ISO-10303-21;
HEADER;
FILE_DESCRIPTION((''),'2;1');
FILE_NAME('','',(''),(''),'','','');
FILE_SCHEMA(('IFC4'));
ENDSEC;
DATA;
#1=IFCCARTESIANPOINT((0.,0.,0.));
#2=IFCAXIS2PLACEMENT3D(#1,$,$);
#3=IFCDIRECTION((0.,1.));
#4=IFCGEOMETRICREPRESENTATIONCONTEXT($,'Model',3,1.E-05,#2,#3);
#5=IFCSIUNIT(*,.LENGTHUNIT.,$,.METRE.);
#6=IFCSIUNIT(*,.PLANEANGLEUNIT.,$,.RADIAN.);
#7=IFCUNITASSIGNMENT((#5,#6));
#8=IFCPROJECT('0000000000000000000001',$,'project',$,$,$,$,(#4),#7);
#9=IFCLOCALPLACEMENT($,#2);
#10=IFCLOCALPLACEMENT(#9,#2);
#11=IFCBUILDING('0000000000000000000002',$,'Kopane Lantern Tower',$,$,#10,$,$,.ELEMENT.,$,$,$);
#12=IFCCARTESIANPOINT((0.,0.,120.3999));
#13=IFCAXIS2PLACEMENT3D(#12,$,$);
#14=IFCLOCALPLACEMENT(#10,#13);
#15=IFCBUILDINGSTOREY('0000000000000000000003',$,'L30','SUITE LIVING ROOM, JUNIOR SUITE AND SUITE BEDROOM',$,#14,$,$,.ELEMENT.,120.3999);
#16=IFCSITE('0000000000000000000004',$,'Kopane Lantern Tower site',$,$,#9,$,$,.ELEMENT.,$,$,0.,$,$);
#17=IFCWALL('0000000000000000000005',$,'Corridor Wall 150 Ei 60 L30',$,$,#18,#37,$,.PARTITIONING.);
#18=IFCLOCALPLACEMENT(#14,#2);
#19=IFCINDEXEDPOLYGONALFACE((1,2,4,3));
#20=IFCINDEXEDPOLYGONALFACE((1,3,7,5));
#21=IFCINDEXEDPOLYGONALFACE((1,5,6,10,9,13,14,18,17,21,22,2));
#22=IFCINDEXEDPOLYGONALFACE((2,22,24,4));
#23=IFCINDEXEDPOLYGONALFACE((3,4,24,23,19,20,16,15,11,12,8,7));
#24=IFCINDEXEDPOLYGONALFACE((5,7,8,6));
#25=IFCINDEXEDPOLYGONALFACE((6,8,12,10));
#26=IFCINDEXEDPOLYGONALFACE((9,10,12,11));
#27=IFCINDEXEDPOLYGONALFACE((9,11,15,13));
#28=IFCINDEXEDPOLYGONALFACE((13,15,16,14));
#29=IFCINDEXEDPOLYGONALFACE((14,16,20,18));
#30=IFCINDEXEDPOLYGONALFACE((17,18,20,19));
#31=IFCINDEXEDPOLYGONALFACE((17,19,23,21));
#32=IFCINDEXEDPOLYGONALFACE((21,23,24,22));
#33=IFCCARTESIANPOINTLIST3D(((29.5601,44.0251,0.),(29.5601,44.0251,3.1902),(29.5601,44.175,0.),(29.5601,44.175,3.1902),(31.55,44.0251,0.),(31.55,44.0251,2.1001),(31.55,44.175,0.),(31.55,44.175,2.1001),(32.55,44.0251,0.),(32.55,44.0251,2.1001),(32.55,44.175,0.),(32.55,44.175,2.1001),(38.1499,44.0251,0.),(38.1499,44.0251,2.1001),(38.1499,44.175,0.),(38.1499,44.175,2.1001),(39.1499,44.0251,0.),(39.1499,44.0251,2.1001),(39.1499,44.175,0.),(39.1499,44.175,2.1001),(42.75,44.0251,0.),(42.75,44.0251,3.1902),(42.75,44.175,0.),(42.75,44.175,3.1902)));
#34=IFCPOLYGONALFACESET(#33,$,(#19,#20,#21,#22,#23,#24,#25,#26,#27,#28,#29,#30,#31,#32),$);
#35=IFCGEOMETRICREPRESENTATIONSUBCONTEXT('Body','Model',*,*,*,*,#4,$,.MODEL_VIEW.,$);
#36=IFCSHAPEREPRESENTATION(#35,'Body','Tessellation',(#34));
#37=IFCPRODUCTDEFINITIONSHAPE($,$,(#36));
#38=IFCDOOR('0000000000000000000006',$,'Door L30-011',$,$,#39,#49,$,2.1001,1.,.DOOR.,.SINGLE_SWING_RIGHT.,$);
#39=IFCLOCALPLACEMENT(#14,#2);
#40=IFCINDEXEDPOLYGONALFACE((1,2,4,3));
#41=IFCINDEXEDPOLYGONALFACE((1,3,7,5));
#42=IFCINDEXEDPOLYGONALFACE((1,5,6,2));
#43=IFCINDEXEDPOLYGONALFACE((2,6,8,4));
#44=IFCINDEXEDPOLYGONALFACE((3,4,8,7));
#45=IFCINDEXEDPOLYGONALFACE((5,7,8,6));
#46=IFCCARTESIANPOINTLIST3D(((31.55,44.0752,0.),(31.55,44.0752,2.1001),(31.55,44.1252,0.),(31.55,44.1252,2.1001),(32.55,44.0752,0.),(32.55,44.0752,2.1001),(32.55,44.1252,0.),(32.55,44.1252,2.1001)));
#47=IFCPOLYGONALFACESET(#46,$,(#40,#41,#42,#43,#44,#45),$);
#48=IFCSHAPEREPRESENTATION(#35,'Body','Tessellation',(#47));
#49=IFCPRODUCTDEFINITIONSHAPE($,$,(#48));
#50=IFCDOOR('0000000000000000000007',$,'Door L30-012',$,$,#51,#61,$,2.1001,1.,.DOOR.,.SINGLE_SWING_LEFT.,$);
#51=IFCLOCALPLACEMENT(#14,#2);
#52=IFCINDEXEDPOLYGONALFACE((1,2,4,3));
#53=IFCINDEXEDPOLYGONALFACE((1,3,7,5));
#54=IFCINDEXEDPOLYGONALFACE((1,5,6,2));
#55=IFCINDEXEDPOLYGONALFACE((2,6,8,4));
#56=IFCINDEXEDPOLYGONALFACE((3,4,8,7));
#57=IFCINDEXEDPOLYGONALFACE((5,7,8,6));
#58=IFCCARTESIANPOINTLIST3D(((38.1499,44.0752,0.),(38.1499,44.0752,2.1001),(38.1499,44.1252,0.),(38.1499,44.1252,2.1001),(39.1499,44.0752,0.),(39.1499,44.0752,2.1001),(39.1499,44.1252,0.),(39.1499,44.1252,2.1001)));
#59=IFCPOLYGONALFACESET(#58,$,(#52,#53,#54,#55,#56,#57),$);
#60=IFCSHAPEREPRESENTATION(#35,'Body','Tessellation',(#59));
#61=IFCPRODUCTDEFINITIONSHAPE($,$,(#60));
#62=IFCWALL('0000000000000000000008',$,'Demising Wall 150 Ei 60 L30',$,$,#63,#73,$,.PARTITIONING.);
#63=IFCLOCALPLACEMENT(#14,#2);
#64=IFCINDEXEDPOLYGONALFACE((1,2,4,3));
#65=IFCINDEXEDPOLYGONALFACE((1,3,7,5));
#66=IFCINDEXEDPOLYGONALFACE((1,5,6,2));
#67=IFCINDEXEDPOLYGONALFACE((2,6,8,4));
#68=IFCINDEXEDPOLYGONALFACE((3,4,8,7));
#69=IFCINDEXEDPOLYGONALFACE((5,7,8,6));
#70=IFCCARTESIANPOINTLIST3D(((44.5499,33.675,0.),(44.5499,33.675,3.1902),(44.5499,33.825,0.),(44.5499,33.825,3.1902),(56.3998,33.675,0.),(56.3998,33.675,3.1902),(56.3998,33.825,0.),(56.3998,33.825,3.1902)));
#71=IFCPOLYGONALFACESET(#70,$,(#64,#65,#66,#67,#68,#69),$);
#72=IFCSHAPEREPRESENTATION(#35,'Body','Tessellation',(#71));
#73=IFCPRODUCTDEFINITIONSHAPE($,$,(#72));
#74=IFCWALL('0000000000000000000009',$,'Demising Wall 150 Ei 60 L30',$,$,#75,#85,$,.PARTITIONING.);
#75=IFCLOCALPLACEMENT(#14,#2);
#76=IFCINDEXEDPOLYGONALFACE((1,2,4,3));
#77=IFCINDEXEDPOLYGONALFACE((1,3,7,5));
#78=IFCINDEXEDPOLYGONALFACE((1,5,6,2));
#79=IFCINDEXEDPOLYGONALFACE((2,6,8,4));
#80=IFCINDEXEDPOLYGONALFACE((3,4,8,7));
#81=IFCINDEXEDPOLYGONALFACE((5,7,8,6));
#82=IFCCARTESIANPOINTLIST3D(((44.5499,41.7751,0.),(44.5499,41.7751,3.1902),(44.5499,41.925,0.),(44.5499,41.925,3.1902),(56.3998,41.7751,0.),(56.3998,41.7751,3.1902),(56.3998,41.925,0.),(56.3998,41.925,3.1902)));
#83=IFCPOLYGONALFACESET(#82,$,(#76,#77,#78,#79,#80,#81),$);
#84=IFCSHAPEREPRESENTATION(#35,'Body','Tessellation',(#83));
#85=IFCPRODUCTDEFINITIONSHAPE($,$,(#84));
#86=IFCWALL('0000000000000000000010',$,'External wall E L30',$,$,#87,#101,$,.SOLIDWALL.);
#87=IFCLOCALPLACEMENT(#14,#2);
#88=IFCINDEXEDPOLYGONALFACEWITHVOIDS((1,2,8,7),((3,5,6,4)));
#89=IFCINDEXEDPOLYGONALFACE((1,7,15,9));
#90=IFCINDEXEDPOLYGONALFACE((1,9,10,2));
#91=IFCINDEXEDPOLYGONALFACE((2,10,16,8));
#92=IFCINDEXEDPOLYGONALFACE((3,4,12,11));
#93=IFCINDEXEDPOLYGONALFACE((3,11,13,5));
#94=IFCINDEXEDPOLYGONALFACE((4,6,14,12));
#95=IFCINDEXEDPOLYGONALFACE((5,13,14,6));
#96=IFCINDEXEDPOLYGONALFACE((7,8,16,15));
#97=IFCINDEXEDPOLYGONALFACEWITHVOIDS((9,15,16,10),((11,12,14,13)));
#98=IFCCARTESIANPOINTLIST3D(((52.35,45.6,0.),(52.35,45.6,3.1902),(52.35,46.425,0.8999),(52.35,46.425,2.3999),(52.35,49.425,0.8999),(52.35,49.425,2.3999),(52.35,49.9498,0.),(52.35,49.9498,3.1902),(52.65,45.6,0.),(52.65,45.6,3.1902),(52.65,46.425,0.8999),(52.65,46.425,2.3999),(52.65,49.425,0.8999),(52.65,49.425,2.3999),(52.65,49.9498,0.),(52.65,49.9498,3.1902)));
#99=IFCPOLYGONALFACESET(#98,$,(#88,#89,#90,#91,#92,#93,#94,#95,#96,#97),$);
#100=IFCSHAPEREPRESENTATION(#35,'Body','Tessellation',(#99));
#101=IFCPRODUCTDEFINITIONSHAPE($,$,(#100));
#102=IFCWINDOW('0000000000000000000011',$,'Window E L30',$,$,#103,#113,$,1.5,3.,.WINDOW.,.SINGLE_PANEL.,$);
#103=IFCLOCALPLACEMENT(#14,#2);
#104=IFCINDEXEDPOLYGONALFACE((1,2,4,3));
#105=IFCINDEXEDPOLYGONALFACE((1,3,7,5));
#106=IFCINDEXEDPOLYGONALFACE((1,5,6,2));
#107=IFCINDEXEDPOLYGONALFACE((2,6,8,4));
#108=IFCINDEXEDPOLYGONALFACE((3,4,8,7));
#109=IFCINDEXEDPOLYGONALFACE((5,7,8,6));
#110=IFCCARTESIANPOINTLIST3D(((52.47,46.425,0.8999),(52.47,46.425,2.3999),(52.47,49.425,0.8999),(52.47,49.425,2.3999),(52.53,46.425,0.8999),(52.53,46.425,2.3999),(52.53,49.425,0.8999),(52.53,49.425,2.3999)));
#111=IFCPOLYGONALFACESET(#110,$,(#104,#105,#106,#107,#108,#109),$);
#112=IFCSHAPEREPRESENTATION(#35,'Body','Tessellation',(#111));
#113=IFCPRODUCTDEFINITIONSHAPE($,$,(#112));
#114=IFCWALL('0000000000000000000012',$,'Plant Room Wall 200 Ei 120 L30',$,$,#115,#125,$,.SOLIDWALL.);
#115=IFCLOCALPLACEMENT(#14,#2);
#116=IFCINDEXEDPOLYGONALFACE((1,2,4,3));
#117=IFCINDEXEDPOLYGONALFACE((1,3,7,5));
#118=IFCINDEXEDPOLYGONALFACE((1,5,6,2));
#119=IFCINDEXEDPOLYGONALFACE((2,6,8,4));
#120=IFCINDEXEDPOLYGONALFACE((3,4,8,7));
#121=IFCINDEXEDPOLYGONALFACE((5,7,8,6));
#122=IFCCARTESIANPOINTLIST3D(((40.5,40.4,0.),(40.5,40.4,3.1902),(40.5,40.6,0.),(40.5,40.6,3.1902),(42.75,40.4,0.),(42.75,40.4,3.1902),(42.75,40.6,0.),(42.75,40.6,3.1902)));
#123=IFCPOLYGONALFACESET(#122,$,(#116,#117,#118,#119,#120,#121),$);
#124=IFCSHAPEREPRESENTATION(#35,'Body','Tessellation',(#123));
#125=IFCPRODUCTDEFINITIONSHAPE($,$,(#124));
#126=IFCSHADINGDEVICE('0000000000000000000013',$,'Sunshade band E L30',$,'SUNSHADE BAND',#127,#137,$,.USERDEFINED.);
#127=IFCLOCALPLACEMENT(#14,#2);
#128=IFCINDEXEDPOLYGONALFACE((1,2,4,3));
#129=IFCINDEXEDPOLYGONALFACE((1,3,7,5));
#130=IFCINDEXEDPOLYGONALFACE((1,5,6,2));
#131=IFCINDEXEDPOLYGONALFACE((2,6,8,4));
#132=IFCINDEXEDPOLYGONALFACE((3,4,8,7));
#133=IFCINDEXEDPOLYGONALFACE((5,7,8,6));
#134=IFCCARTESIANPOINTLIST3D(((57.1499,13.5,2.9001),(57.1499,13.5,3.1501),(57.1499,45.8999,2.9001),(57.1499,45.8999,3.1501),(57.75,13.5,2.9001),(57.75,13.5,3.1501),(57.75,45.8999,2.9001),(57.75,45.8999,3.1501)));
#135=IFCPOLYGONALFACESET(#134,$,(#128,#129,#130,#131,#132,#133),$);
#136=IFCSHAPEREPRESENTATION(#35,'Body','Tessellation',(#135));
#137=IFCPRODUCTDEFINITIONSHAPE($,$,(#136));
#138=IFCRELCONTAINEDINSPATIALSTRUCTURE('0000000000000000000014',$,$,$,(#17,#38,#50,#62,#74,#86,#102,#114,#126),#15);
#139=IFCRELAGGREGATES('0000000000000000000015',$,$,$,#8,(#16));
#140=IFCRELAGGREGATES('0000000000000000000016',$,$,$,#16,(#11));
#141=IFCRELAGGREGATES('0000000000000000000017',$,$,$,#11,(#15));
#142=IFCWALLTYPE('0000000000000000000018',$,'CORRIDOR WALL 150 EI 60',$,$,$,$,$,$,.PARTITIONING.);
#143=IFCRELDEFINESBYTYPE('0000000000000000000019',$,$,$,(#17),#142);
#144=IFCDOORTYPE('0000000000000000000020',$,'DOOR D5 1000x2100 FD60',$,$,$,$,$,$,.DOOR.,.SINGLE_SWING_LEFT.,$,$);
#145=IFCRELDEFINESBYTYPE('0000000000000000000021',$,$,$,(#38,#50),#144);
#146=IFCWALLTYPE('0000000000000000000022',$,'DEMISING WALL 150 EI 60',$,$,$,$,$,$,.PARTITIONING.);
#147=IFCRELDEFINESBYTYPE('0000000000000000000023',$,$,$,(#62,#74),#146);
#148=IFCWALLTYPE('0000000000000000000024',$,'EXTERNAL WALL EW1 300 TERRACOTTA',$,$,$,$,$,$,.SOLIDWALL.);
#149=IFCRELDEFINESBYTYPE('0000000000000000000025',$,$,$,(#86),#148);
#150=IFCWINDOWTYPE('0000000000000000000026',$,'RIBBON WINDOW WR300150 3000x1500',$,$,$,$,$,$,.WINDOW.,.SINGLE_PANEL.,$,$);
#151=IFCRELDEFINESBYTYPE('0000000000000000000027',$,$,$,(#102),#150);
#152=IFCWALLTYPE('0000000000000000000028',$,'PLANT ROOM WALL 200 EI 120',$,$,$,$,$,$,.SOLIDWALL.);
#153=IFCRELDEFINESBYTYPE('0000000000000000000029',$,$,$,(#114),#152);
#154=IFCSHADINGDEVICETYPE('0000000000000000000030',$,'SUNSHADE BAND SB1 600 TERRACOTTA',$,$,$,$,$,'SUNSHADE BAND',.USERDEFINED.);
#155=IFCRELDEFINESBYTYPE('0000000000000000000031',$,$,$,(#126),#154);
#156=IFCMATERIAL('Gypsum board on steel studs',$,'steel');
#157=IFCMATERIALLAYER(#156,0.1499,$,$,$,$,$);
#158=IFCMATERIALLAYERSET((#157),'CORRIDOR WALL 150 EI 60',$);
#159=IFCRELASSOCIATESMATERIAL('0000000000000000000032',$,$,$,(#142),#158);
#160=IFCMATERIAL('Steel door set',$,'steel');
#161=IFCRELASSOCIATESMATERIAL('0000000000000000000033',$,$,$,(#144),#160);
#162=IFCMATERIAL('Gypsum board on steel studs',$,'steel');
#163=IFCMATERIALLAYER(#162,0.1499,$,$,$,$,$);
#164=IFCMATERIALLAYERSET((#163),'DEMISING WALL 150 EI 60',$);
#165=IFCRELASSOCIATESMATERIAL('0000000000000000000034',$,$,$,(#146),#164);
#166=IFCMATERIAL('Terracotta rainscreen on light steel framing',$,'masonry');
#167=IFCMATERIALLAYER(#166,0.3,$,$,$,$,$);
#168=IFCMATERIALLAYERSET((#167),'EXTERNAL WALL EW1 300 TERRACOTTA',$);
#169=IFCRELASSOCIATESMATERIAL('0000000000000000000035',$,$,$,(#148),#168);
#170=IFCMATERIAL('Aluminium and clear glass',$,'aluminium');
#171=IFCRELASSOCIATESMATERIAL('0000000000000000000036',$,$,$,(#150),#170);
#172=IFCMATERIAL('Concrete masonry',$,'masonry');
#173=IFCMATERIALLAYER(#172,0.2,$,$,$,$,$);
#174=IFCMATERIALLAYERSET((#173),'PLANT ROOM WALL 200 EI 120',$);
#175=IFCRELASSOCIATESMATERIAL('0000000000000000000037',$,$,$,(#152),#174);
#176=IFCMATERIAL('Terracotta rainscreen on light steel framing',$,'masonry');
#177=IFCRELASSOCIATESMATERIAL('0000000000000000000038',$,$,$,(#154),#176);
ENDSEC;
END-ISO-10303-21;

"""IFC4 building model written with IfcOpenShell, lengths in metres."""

from ifc_helpers import new_model, si_unit, direction, frame, frame_2d, origin, origin_2d, place, context, subcontext, project, spatial, rectangle, extrude, material, layer, layer_set, type_object, element, fill, save


model = new_model("IFC4")

# Units and contexts
model_context = context("Model", 3, precision=1e-05, world=origin(), true_north=direction((0.0, 1.0)))
body_context = subcontext(model_context, "Body", "Model", "MODEL_VIEW")
ifc_project = project(units=[si_unit("LENGTHUNIT", "METRE"), si_unit("PLANEANGLEUNIT", "RADIAN")], contexts=[model_context])

# Site, building, storey
site_placement = place(None, origin())
site = spatial("IfcSite", under=ifc_project, at=site_placement, Name="Kopane Lantern Tower site", CompositionType="ELEMENT", RefElevation=0.0)
building_placement = place(site_placement, origin())
building = spatial("IfcBuilding", under=site, at=building_placement, Name="Kopane Lantern Tower", CompositionType="ELEMENT")
storey_placement = place(building_placement, frame((0.0, 0.0, 120.3999)))
storey = spatial("IfcBuildingStorey", under=building, at=storey_placement, Name="L30", Description="SUITE LIVING ROOM, JUNIOR SUITE AND SUITE BEDROOM", CompositionType="ELEMENT", Elevation=120.3999)

# Wall, openings, doors
ifc_material_1 = material(Name="Gypsum board on steel studs", Category="steel")
ifc_layer_1 = layer(ifc_material_1, 0.1499)
ifc_layer_set_1 = layer_set([ifc_layer_1], Name="CORRIDOR WALL 150 EI 60")
wall_type_1 = type_object("IfcWallType", Name="CORRIDOR WALL 150 EI 60", PredefinedType="PARTITIONING", material=ifc_layer_set_1)
wall_1_placement = place(storey_placement, frame((42.75, 44.1001, 0.0), z_axis=(0.0, 0.0, 1.0), x_axis=(-1.0, 0.0, 0.0)))
wall_1 = element("IfcWall", 1, at=wall_1_placement, inside=storey, type_object=wall_type_1, Name="Corridor Wall 150 Ei 60 L30", PredefinedType="PARTITIONING", context=body_context, shape_type="SweptSolid", body=[
    extrude(rectangle(XDim=13.1899, YDim=0.1499, at=frame_2d((6.595, 0.0))), origin(), (0.0, 0.0, 1.0), 3.1902),
])
opening_1_placement = place(wall_1_placement, frame((10.2, 0.0, 0.0)))
opening_1 = element("IfcOpeningElement", 2, at=opening_1_placement, cuts=wall_1, PredefinedType="OPENING", context=body_context, shape_type="SweptSolid", body=[
    extrude(rectangle(XDim=1.0, YDim=2.1001, at=frame_2d((0.5, 1.05))), frame((0.0, 0.085, 0.0), z_axis=(0.0, -1.0, 0.0), x_axis=(1.0, 0.0, 0.0)), (0.0, 0.0, 1.0), 0.1699),
])
opening_2_placement = place(wall_1_placement, frame((3.6001, 0.0, 0.0)))
opening_2 = element("IfcOpeningElement", 3, at=opening_2_placement, cuts=wall_1, PredefinedType="OPENING", context=body_context, shape_type="SweptSolid", body=[
    extrude(rectangle(XDim=1.0, YDim=2.1001, at=frame_2d((0.5, 1.05))), frame((0.0, 0.085, 0.0), z_axis=(0.0, -1.0, 0.0), x_axis=(1.0, 0.0, 0.0)), (0.0, 0.0, 1.0), 0.1699),
])
ifc_material_2 = material(Name="Steel door set", Category="steel")
door_type_1 = type_object("IfcDoorType", Name="DOOR D5 1000x2100 FD60", OperationType="SINGLE_SWING_LEFT", PredefinedType="DOOR", material=ifc_material_2)
door_1_placement = place(opening_1_placement, origin())
door_1 = element("IfcDoor", 4, at=door_1_placement, inside=storey, type_object=door_type_1, Name="Door L30-011", OperationType="SINGLE_SWING_RIGHT", OverallHeight=2.1001, OverallWidth=1.0, PredefinedType="DOOR", context=body_context, shape_type="SweptSolid", body=[
    extrude(rectangle(XDim=1.0, YDim=2.1001, at=frame_2d((0.5, 1.05))), frame((0.0, 0.0249, 0.0), z_axis=(0.0, -1.0, 0.0), x_axis=(1.0, 0.0, 0.0)), (0.0, 0.0, 1.0), 0.05),
])
fill(opening_1, door_1)
door_2_placement = place(opening_2_placement, origin())
door_2 = element("IfcDoor", 5, at=door_2_placement, inside=storey, type_object=door_type_1, Name="Door L30-012", OperationType="SINGLE_SWING_LEFT", OverallHeight=2.1001, OverallWidth=1.0, PredefinedType="DOOR", context=body_context, shape_type="SweptSolid", body=[
    extrude(rectangle(XDim=1.0, YDim=2.1001, at=frame_2d((0.5, 1.05))), frame((0.0, 0.0249, 0.0), z_axis=(0.0, -1.0, 0.0), x_axis=(1.0, 0.0, 0.0)), (0.0, 0.0, 1.0), 0.05),
])
fill(opening_2, door_2)

# Walls
ifc_material_3 = material(Name="Gypsum board on steel studs", Category="steel")
ifc_layer_2 = layer(ifc_material_3, 0.1499)
ifc_layer_set_2 = layer_set([ifc_layer_2], Name="DEMISING WALL 150 EI 60")
wall_type_2 = type_object("IfcWallType", Name="DEMISING WALL 150 EI 60", PredefinedType="PARTITIONING", material=ifc_layer_set_2)
for number, where, z_axis, x_axis, name in (
    (6, (44.55, 33.75, 0.0), (0.0, 0.0, 1.0), (1.0, 0.0, 0.0), "Demising Wall 150 Ei 60 L30"),
    (7, (44.55, 41.8501, 0.0), (0.0, 0.0, 1.0), (1.0, 0.0, 0.0), "Demising Wall 150 Ei 60 L30"),
):
    element("IfcWall", number, at=place(storey_placement, frame(where, z_axis=z_axis, x_axis=x_axis)), inside=storey, type_object=wall_type_2, Name=name, PredefinedType="PARTITIONING", context=body_context, shape_type="SweptSolid", body=[
        extrude(rectangle(XDim=11.8499, YDim=0.1499, at=frame_2d((5.9248, 0.0))), origin(), (0.0, 0.0, 1.0), 3.1902),
    ])

# Wall, opening, window
ifc_material_4 = material(Name="Terracotta rainscreen on light steel framing", Category="masonry")
ifc_layer_3 = layer(ifc_material_4, 0.3)
ifc_layer_set_3 = layer_set([ifc_layer_3], Name="EXTERNAL WALL EW1 300 TERRACOTTA")
wall_type_3 = type_object("IfcWallType", Name="EXTERNAL WALL EW1 300 TERRACOTTA", PredefinedType="SOLIDWALL", material=ifc_layer_set_3)
wall_2_placement = place(storey_placement, frame((52.5, 45.6001, 0.0), z_axis=(0.0, 0.0, 1.0), x_axis=(0.0, 1.0, 0.0)))
wall_2 = element("IfcWall", 8, at=wall_2_placement, inside=storey, type_object=wall_type_3, Name="External wall E L30", PredefinedType="SOLIDWALL", context=body_context, shape_type="SweptSolid", body=[
    extrude(rectangle(XDim=4.3499, YDim=0.3, at=frame_2d((2.1748, 0.0))), origin(), (0.0, 0.0, 1.0), 3.1902),
])
opening_3_placement = place(wall_2_placement, frame((0.825, 0.0, 0.8999)))
opening_3 = element("IfcOpeningElement", 9, at=opening_3_placement, cuts=wall_2, PredefinedType="OPENING", context=body_context, shape_type="SweptSolid", body=[
    extrude(rectangle(XDim=3.0, YDim=1.5, at=frame_2d((1.5, 0.75))), frame((0.0, 0.1599, 0.0), z_axis=(0.0, -1.0, 0.0), x_axis=(1.0, 0.0, 0.0)), (0.0, 0.0, 1.0), 0.3201),
])
ifc_material_5 = material(Name="Aluminium and clear glass", Category="aluminium")
window_type = type_object("IfcWindowType", Name="RIBBON WINDOW WR300150 3000x1500", PartitioningType="SINGLE_PANEL", PredefinedType="WINDOW", material=ifc_material_5)
window_placement = place(opening_3_placement, origin())
window = element("IfcWindow", 10, at=window_placement, inside=storey, type_object=window_type, Name="Window E L30", OverallHeight=1.5, OverallWidth=3.0, PartitioningType="SINGLE_PANEL", PredefinedType="WINDOW", context=body_context, shape_type="SweptSolid", body=[
    extrude(rectangle(XDim=3.0, YDim=1.5, at=frame_2d((1.5, 0.75))), frame((0.0, 0.03, 0.0), z_axis=(0.0, -1.0, 0.0), x_axis=(1.0, 0.0, 0.0)), (0.0, 0.0, 1.0), 0.0601),
])
fill(opening_3, window)

# Wall
ifc_material_6 = material(Name="Concrete masonry", Category="masonry")
ifc_layer_4 = layer(ifc_material_6, 0.2)
ifc_layer_set_4 = layer_set([ifc_layer_4], Name="PLANT ROOM WALL 200 EI 120")
wall_type_4 = type_object("IfcWallType", Name="PLANT ROOM WALL 200 EI 120", PredefinedType="SOLIDWALL", material=ifc_layer_set_4)
wall_3_placement = place(storey_placement, frame((40.5, 40.5, 0.0), z_axis=(0.0, 0.0, 1.0), x_axis=(1.0, 0.0, 0.0)))
element("IfcWall", 11, at=wall_3_placement, inside=storey, type_object=wall_type_4, Name="Plant Room Wall 200 Ei 120 L30", PredefinedType="SOLIDWALL", context=body_context, shape_type="SweptSolid", body=[
    extrude(rectangle(XDim=2.25, YDim=0.2, at=frame_2d((1.125, 0.0))), origin(), (0.0, 0.0, 1.0), 3.1902),
])

# Shading device
ifc_material_7 = material(Name="Terracotta rainscreen on light steel framing", Category="masonry")
shading_device_type = type_object("IfcShadingDeviceType", Name="SUNSHADE BAND SB1 600 TERRACOTTA", ElementType="SUNSHADE BAND", PredefinedType="USERDEFINED", material=ifc_material_7)
shading_device_placement = place(storey_placement, frame((57.45, 29.7, 2.9001), z_axis=(0.0, 0.0, 1.0), x_axis=(0.0, 1.0, 0.0)))
element("IfcShadingDevice", 12, at=shading_device_placement, inside=storey, type_object=shading_device_type, Name="Sunshade band E L30", ObjectType="SUNSHADE BAND", PredefinedType="USERDEFINED", context=body_context, shape_type="SweptSolid", body=[
    extrude(rectangle(XDim=32.3999, YDim=0.6001, at=origin_2d()), origin(), (0.0, 0.0, 1.0), 0.25),
])

save(model, "model.ifc")
